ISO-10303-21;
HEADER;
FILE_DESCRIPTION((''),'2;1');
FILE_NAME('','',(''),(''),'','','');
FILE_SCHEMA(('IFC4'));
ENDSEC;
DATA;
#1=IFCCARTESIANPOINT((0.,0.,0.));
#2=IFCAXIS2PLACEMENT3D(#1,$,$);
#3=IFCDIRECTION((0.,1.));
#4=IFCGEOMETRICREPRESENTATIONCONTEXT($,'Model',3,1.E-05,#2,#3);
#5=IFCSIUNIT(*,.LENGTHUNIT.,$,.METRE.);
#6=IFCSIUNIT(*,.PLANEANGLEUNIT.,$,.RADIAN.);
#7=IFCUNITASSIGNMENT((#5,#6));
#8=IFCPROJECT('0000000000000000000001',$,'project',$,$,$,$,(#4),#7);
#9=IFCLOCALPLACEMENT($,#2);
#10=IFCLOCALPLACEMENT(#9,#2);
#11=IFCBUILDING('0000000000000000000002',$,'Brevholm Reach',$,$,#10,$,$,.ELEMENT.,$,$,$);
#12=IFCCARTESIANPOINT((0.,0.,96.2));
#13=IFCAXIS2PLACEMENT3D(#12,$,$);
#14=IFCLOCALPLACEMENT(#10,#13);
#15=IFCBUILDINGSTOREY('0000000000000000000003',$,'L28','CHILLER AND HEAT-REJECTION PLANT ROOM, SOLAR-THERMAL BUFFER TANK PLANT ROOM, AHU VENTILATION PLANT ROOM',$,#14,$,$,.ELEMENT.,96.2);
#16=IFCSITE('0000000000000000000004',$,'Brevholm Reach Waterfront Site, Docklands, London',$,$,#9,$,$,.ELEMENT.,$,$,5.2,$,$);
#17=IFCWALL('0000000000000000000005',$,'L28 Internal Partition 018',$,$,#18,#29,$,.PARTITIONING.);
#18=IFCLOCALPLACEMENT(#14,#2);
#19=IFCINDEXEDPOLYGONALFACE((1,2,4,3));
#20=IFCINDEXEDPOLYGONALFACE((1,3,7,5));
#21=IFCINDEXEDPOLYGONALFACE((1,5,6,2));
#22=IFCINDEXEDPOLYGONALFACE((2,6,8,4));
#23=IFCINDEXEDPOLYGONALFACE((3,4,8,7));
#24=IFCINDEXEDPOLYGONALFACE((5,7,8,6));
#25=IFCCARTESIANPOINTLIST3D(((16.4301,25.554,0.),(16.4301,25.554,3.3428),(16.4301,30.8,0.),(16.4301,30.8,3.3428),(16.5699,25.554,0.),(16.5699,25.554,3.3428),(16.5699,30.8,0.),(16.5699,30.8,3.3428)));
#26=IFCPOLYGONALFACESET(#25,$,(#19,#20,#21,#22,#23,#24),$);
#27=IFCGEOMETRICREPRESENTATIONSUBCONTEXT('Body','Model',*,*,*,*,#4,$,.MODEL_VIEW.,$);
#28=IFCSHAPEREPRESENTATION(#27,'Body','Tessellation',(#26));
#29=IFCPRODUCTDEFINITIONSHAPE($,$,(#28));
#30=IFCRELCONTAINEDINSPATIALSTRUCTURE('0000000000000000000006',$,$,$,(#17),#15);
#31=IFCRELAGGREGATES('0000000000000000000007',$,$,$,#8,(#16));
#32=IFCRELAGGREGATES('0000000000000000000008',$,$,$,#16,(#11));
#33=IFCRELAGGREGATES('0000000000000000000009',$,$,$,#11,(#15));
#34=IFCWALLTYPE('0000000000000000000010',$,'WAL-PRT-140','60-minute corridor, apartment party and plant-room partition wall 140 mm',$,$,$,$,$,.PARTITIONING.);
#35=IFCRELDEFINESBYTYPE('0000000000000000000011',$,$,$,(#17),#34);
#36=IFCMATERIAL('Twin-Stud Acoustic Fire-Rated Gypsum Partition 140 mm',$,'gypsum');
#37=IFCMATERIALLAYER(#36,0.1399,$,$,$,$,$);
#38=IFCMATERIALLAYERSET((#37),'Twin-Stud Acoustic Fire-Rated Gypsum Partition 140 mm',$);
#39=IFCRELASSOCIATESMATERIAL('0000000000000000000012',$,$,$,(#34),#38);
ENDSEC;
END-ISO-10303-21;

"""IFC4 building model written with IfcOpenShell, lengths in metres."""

from ifc_helpers import new_model, si_unit, direction, frame, frame_2d, origin, place, context, subcontext, project, spatial, rectangle, extrude, material, layer, layer_set, type_object, element, save


model = new_model("IFC4")

# Units and contexts
model_context = context("Model", 3, precision=1e-05, world=origin(), true_north=direction((0.0, 1.0)))
body_context = subcontext(model_context, "Body", "Model", "MODEL_VIEW")
ifc_project = project(units=[si_unit("LENGTHUNIT", "METRE"), si_unit("PLANEANGLEUNIT", "RADIAN")], contexts=[model_context])

# Site, building, storey
site_placement = place(None, origin())
site = spatial("IfcSite", under=ifc_project, at=site_placement, Name="Brevholm Reach Waterfront Site, Docklands, London", CompositionType="ELEMENT", RefElevation=5.2)
building_placement = place(site_placement, origin())
building = spatial("IfcBuilding", under=site, at=building_placement, Name="Brevholm Reach", CompositionType="ELEMENT")
storey_placement = place(building_placement, frame((0.0, 0.0, 96.2)))
storey = spatial("IfcBuildingStorey", under=building, at=storey_placement, Name="L28", Description="CHILLER AND HEAT-REJECTION PLANT ROOM, SOLAR-THERMAL BUFFER TANK PLANT ROOM, AHU VENTILATION PLANT ROOM", CompositionType="ELEMENT", Elevation=96.2)

# Shared definitions
ifc_material_1 = material(Name="Twin-Stud Acoustic Fire-Rated Gypsum Partition 140 mm", Category="gypsum")
ifc_layer_1 = layer(ifc_material_1, 0.1399)
ifc_layer_set_1 = layer_set([ifc_layer_1], Name="Twin-Stud Acoustic Fire-Rated Gypsum Partition 140 mm")
wall_type = type_object("IfcWallType", Name="WAL-PRT-140", Description="60-minute corridor, apartment party and plant-room partition wall 140 mm", PredefinedType="PARTITIONING", material=ifc_layer_set_1)

# Wall
wall_1_placement = place(storey_placement, frame((16.5, 25.554, 0.0), z_axis=(0.0, 0.0, 1.0), x_axis=(0.0, 1.0, 0.0)))
element("IfcWall", 1, at=wall_1_placement, inside=storey, type_object=wall_type, Name="L28 Internal Partition 018", PredefinedType="PARTITIONING", context=body_context, shape_type="SweptSolid", body=[
    extrude(rectangle(XDim=5.2461, YDim=0.1399, at=frame_2d((2.623, 0.0))), origin(), (0.0, 0.0, 1.0), 3.3428),
])

save(model, "model.ifc")
